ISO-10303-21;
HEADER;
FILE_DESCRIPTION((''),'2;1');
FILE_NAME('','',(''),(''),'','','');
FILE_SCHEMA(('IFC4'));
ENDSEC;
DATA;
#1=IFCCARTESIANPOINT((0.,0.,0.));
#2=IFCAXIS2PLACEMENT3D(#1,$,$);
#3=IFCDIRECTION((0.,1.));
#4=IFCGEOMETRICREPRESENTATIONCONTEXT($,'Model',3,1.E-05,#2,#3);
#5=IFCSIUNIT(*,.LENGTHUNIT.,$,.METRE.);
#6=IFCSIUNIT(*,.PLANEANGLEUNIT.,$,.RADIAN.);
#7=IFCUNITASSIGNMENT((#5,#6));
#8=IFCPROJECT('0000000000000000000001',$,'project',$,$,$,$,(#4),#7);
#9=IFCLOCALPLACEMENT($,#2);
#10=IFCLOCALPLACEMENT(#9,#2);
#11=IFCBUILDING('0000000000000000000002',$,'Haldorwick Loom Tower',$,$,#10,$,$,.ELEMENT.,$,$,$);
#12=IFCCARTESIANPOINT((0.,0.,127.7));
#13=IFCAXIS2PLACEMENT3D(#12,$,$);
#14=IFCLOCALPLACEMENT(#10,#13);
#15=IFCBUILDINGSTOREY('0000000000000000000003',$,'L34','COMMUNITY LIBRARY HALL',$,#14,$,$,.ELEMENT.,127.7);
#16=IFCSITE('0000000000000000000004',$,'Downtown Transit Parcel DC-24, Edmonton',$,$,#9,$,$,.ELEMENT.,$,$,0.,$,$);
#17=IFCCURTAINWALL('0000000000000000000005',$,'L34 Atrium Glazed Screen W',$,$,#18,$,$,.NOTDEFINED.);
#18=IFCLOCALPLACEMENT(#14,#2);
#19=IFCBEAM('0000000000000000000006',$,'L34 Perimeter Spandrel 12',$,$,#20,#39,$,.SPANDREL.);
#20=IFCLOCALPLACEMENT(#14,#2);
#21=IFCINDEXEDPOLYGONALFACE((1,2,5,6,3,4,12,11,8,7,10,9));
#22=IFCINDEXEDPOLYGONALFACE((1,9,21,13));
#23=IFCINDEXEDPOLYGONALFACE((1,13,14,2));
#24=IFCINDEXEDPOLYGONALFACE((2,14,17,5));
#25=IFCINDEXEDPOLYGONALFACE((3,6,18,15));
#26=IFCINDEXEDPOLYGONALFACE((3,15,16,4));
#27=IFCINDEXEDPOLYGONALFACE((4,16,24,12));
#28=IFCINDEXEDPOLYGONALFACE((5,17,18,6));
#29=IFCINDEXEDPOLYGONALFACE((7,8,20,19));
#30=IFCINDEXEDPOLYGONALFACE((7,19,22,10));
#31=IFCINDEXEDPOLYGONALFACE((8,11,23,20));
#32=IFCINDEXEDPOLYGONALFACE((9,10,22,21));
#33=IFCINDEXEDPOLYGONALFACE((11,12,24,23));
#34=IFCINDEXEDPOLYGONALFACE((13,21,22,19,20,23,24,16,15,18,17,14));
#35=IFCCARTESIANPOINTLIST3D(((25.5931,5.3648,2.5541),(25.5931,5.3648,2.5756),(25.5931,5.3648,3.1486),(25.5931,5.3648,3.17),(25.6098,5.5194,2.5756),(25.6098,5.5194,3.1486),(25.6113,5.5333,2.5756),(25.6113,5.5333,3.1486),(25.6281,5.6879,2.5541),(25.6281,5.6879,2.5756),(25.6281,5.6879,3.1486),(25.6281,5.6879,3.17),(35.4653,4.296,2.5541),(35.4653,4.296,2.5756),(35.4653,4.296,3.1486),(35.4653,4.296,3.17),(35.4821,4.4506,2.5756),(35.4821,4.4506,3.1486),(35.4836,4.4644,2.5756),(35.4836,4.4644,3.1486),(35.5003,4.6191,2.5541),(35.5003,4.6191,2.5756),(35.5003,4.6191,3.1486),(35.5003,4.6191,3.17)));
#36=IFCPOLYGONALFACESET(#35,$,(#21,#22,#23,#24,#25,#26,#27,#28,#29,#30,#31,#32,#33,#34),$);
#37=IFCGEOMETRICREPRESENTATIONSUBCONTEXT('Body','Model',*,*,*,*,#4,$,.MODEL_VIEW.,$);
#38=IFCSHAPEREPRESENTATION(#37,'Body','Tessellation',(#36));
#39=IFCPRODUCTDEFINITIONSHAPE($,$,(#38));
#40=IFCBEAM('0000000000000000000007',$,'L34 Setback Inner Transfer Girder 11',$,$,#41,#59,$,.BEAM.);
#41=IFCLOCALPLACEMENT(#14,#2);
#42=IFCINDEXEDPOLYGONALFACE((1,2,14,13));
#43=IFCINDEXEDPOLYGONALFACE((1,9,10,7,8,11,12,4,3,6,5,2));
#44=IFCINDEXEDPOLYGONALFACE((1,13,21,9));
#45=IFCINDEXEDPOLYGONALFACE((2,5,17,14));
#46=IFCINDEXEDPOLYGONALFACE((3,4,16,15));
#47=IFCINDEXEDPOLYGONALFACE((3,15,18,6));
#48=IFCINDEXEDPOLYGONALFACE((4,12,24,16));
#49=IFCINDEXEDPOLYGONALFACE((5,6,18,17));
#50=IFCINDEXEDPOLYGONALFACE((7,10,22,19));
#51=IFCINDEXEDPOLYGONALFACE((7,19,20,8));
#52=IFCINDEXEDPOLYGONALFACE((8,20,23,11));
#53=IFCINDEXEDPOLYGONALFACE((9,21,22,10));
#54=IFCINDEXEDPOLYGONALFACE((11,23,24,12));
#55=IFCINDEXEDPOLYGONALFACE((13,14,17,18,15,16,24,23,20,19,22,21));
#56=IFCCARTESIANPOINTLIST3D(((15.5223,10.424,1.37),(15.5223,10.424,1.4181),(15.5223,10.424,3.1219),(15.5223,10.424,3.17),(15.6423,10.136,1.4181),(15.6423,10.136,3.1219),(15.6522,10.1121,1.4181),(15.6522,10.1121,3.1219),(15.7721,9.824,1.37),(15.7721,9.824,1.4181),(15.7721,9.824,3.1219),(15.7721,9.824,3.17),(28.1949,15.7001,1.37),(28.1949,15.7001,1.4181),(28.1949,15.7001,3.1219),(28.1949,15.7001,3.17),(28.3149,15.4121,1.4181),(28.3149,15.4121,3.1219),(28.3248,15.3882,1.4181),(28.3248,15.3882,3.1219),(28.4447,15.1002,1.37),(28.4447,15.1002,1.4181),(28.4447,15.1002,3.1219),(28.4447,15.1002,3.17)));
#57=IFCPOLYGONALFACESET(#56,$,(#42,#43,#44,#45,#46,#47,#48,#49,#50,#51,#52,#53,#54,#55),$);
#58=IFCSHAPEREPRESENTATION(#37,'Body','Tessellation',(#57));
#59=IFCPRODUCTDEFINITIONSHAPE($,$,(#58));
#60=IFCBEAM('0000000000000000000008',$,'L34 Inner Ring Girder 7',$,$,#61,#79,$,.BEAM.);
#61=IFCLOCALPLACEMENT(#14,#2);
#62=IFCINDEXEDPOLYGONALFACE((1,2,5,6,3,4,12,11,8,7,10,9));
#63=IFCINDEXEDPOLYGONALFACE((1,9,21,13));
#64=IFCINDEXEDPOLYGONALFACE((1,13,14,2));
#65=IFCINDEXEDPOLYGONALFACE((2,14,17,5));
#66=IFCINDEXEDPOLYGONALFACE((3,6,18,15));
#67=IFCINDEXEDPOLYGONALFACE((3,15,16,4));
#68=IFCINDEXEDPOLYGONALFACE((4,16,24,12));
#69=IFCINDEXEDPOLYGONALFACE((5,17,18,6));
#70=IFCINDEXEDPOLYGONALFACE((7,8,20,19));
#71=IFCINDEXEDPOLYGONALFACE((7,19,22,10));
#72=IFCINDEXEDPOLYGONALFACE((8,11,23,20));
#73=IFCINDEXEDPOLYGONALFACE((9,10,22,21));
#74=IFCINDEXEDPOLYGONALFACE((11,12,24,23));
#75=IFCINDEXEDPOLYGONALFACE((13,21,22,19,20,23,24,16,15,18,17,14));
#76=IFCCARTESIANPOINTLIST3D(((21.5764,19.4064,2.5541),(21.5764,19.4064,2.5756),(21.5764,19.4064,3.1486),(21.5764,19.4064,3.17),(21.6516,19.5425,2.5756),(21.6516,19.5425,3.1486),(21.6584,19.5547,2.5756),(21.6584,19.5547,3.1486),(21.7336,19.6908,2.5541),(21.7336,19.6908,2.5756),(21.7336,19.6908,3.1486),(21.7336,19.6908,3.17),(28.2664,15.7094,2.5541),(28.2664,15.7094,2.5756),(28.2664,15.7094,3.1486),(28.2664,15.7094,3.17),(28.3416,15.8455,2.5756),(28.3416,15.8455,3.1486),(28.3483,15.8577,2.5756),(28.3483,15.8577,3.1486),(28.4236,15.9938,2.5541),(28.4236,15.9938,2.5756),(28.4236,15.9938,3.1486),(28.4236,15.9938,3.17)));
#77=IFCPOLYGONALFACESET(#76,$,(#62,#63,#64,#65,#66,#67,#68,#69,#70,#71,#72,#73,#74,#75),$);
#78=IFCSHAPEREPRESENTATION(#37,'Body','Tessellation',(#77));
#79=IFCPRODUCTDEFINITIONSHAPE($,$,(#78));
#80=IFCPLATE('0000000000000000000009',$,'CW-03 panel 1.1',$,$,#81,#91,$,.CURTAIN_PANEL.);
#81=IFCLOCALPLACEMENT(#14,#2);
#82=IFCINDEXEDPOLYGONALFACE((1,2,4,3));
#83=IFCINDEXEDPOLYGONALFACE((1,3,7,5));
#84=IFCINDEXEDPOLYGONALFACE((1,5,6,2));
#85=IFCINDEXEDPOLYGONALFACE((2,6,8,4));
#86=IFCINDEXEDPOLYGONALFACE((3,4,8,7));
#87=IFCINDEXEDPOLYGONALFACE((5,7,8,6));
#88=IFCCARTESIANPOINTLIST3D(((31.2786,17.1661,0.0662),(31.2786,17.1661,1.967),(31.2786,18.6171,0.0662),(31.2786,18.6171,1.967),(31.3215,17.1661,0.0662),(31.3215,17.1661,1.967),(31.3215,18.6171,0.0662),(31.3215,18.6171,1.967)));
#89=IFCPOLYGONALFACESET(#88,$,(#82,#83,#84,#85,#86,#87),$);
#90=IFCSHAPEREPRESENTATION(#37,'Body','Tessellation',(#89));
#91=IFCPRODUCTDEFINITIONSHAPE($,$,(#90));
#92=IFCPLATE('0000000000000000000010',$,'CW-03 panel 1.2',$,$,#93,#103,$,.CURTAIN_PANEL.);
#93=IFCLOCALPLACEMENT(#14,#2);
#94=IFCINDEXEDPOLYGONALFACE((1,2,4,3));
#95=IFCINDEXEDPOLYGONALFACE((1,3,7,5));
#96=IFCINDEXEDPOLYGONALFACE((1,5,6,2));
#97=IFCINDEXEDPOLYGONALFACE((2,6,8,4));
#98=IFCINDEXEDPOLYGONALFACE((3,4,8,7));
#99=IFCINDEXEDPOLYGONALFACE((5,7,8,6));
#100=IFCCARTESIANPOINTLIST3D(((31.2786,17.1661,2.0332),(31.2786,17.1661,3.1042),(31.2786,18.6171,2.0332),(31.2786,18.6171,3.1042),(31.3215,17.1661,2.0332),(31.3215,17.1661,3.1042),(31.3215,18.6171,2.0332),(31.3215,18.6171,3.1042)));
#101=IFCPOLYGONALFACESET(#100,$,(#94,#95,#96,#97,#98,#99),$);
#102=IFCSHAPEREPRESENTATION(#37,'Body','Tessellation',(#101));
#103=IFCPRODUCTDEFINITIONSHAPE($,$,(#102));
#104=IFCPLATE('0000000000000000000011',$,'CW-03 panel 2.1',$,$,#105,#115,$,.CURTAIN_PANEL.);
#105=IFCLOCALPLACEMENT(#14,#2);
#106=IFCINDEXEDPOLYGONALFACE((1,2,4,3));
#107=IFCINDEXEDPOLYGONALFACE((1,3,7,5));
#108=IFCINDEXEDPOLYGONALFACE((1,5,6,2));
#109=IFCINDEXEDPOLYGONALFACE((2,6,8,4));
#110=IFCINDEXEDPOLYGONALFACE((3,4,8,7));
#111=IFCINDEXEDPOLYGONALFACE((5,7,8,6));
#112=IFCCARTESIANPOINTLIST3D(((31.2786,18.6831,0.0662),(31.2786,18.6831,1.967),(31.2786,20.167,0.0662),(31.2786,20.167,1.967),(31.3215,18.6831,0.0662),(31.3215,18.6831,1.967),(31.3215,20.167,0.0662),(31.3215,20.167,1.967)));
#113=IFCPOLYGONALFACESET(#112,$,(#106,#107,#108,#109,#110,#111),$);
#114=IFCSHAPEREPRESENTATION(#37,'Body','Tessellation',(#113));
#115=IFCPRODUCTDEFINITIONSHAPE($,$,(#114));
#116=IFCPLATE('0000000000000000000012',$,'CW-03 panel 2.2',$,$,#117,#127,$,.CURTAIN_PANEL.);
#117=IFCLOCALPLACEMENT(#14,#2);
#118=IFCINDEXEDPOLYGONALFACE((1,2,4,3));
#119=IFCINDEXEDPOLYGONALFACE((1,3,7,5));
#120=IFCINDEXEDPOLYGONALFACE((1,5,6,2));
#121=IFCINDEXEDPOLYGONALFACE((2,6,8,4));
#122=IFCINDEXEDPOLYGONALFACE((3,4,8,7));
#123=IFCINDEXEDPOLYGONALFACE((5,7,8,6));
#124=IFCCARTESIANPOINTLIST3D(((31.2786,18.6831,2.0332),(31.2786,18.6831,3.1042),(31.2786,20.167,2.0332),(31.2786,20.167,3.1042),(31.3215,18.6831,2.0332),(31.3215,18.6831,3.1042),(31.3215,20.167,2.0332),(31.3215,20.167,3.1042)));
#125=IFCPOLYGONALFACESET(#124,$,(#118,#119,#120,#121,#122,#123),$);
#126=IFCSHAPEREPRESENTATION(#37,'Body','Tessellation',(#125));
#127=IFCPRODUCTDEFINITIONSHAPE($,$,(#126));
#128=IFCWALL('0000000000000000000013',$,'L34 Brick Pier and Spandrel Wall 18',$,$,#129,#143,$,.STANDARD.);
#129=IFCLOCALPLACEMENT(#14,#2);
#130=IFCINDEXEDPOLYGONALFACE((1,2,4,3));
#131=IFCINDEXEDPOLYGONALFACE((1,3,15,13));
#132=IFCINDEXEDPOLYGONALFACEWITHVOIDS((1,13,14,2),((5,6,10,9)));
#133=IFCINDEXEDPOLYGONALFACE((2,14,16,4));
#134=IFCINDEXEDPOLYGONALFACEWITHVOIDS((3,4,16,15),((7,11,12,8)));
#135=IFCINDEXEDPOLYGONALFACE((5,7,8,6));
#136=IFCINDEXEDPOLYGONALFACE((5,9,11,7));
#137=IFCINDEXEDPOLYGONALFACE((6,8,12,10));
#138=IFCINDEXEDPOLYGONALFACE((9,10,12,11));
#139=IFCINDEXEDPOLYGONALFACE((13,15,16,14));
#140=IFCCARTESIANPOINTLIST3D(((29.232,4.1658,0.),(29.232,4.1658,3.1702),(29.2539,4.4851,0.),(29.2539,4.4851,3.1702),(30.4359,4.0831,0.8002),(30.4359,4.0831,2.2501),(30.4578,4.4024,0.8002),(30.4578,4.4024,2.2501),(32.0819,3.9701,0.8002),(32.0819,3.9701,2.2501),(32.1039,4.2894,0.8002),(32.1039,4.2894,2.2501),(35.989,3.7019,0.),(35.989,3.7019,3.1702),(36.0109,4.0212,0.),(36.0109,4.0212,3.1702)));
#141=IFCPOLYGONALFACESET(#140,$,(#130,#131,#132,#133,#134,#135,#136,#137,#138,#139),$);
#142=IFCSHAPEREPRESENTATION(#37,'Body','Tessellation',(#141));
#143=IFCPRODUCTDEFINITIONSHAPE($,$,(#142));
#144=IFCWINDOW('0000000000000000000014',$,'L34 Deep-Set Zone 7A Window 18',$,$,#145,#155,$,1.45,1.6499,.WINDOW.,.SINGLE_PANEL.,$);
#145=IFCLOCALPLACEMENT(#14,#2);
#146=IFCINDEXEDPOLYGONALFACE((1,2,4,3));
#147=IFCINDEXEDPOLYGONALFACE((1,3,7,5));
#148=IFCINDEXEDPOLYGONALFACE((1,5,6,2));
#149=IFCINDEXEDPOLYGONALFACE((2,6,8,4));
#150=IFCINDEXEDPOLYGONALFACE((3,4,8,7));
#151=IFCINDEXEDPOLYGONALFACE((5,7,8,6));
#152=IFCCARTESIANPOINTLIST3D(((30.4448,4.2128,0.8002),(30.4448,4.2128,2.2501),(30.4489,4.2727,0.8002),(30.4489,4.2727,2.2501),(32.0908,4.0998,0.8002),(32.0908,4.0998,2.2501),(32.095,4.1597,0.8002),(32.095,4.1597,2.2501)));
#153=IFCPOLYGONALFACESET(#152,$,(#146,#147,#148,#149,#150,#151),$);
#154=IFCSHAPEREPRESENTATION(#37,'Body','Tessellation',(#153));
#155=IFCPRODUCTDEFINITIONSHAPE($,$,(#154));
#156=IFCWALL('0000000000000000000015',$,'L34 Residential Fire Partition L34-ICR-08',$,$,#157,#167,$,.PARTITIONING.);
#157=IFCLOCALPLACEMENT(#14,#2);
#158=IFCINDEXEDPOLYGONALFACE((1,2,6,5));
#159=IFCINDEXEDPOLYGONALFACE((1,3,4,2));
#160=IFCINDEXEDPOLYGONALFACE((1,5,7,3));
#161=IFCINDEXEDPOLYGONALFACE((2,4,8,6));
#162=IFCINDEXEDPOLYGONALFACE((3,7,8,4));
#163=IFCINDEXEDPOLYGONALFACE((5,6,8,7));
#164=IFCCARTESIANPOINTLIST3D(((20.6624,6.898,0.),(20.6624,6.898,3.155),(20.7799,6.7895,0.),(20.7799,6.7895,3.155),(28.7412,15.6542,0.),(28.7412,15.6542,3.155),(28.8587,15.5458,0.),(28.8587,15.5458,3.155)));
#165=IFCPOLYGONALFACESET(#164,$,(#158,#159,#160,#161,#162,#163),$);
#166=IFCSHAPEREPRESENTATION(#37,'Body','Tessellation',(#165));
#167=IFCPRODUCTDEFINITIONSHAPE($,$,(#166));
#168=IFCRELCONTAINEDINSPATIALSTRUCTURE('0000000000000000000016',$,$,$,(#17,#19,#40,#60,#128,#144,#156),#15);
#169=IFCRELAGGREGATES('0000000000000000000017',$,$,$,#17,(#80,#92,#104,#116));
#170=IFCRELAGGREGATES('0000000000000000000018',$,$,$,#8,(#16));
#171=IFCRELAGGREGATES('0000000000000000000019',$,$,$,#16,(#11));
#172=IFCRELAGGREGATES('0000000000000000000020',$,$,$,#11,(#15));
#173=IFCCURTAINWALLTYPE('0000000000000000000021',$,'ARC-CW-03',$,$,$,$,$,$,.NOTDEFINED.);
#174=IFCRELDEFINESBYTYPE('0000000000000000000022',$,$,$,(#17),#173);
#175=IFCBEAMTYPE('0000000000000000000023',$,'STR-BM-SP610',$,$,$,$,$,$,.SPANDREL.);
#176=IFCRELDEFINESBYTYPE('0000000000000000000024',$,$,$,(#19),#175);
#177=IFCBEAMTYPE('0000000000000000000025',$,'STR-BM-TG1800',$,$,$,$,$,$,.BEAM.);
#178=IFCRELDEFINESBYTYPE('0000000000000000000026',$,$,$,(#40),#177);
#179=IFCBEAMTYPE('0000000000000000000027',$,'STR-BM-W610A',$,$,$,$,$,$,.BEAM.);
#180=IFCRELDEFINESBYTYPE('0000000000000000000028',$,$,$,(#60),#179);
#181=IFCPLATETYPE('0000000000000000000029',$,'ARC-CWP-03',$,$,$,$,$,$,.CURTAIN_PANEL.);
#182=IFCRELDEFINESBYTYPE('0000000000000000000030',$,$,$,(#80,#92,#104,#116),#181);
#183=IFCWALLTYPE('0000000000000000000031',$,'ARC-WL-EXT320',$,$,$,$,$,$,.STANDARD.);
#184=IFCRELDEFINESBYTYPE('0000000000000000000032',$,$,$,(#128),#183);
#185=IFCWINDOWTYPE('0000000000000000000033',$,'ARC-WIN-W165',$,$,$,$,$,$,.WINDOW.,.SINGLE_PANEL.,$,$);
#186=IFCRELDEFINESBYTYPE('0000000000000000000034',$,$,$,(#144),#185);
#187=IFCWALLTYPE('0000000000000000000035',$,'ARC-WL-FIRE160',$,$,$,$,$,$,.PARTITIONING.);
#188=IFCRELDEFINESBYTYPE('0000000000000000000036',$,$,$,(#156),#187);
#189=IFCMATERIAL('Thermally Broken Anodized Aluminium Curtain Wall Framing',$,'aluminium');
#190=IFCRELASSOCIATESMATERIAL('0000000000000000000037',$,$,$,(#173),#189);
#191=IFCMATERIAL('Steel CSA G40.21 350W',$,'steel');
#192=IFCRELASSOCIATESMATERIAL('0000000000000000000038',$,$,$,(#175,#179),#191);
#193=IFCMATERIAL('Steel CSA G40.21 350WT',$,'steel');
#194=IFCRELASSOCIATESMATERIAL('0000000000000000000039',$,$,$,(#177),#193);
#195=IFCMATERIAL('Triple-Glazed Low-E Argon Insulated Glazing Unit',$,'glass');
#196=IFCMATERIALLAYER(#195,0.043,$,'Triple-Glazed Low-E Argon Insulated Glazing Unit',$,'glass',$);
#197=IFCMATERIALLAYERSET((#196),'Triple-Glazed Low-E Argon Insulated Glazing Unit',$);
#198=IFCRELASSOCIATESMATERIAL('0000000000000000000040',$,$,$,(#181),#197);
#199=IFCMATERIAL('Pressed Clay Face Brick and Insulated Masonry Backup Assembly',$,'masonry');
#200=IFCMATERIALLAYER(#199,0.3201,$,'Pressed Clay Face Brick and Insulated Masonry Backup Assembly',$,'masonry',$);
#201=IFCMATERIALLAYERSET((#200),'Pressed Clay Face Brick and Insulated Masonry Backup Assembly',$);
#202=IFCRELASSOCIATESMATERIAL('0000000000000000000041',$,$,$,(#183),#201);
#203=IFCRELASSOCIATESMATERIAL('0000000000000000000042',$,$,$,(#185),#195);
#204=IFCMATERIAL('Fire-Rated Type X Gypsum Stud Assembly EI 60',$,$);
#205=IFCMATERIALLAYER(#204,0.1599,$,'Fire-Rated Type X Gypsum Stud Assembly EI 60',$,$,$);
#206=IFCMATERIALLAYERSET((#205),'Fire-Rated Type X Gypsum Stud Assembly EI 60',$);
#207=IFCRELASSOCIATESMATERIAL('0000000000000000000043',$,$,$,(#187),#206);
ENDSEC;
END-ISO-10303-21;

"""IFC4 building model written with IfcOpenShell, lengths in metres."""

from ifc_helpers import new_model, si_unit, direction, frame, frame_2d, origin, origin_2d, place, context, subcontext, project, spatial, rectangle, i_section, extrude, material, layer, layer_set, material_profile, profile_set, type_object, element, fill, aggregate, save


model = new_model("IFC4")

# Units and contexts
model_context = context("Model", 3, precision=1e-05, world=origin(), true_north=direction((0.0, 1.0)))
body_context = subcontext(model_context, "Body", "Model", "MODEL_VIEW")
ifc_project = project(units=[si_unit("LENGTHUNIT", "METRE"), si_unit("PLANEANGLEUNIT", "RADIAN")], contexts=[model_context])

# Site, building, storey
site_placement = place(None, origin())
site = spatial("IfcSite", under=ifc_project, at=site_placement, Name="Downtown Transit Parcel DC-24, Edmonton", CompositionType="ELEMENT", RefElevation=0.0)
building_placement = place(site_placement, origin())
building = spatial("IfcBuilding", under=site, at=building_placement, Name="Haldorwick Loom Tower", CompositionType="ELEMENT")
storey_placement = place(building_placement, frame((0.0, 0.0, 127.7)))
storey = spatial("IfcBuildingStorey", under=building, at=storey_placement, Name="L34", Description="COMMUNITY LIBRARY HALL", CompositionType="ELEMENT", Elevation=127.7)

# Curtain wall
ifc_material_1 = material(Name="Thermally Broken Anodized Aluminium Curtain Wall Framing", Category="aluminium")
curtain_wall_type = type_object("IfcCurtainWallType", Name="ARC-CW-03", PredefinedType="NOTDEFINED", material=ifc_material_1)
curtain_wall_placement = place(storey_placement, origin())
curtain_wall = element("IfcCurtainWall", 1, at=curtain_wall_placement, inside=storey, type_object=curtain_wall_type, Name="L34 Atrium Glazed Screen W", PredefinedType="NOTDEFINED")

# Beams
ifc_material_2 = material(Name="Steel CSA G40.21 350W", Category="steel")
ifc_material_profile_1 = material_profile(ifc_material_2, i_section(OverallWidth=0.325, OverallDepth=0.616, WebThickness=0.0139, FlangeThickness=0.0215, at=origin_2d()), Name="W610X174", Category="steel")
ifc_profile_set_1 = profile_set([ifc_material_profile_1], Name="Steel CSA G40.21 350W")
beam_type_1 = type_object("IfcBeamType", Name="STR-BM-SP610", PredefinedType="SPANDREL", material=ifc_profile_set_1)
beam_1_placement = place(storey_placement, frame((25.6106, 5.5264, 2.8621), z_axis=(0.99419, -0.107638, 0.0), x_axis=(0.107638, 0.99419, 0.0)))
element("IfcBeam", 2, at=beam_1_placement, inside=storey, type_object=beam_type_1, Name="L34 Perimeter Spandrel 12", PredefinedType="SPANDREL", context=body_context, shape_type="SweptSolid", body=[
    extrude(i_section(OverallWidth=0.325, OverallDepth=0.616, WebThickness=0.0139, FlangeThickness=0.0215, at=origin_2d()), origin(), (0.0, 0.0, 1.0), 9.9299),
])
ifc_material_3 = material(Name="Steel CSA G40.21 350WT", Category="steel")
ifc_material_profile_2 = material_profile(ifc_material_3, i_section(OverallWidth=0.6499, OverallDepth=1.8, WebThickness=0.0259, FlangeThickness=0.0481, at=origin_2d()), Name="WWF1800X650", Category="steel")
ifc_profile_set_2 = profile_set([ifc_material_profile_2], Name="Steel CSA G40.21 350WT")
beam_type_2 = type_object("IfcBeamType", Name="STR-BM-TG1800", PredefinedType="BEAM", material=ifc_profile_set_2)
beam_2_placement = place(storey_placement, frame((28.3198, 15.4001, 2.27), z_axis=(-0.923184, -0.384359, 0.0), x_axis=(0.384359, -0.923184, 0.0)))
element("IfcBeam", 3, at=beam_2_placement, inside=storey, type_object=beam_type_2, Name="L34 Setback Inner Transfer Girder 11", PredefinedType="BEAM", context=body_context, shape_type="SweptSolid", body=[
    extrude(i_section(OverallWidth=0.6499, OverallDepth=1.8, WebThickness=0.0259, FlangeThickness=0.0481, at=origin_2d()), origin(), (0.0, 0.0, 1.0), 13.7271),
])
ifc_material_profile_3 = material_profile(ifc_material_2, i_section(OverallWidth=0.325, OverallDepth=0.616, WebThickness=0.0139, FlangeThickness=0.0215, at=origin_2d()), Name="W610X174", Category="steel")
ifc_profile_set_3 = profile_set([ifc_material_profile_3], Name="Steel CSA G40.21 350W")
beam_type_3 = type_object("IfcBeamType", Name="STR-BM-W610A", PredefinedType="BEAM", material=ifc_profile_set_3)
beam_3_placement = place(storey_placement, frame((28.345, 15.8516, 2.8621), z_axis=(-0.875244, 0.483681, 0.0), x_axis=(-0.483681, -0.875244, 0.0)))
element("IfcBeam", 4, at=beam_3_placement, inside=storey, type_object=beam_type_3, Name="L34 Inner Ring Girder 7", PredefinedType="BEAM", context=body_context, shape_type="SweptSolid", body=[
    extrude(i_section(OverallWidth=0.325, OverallDepth=0.616, WebThickness=0.0139, FlangeThickness=0.0215, at=origin_2d()), origin(), (0.0, 0.0, 1.0), 7.6436),
])

# Plates
ifc_material_4 = material(Name="Triple-Glazed Low-E Argon Insulated Glazing Unit", Category="glass")
ifc_layer_1 = layer(ifc_material_4, 0.043, Name="Triple-Glazed Low-E Argon Insulated Glazing Unit", Category="glass")
ifc_layer_set_1 = layer_set([ifc_layer_1], Name="Triple-Glazed Low-E Argon Insulated Glazing Unit")
plate_type = type_object("IfcPlateType", Name="ARC-CWP-03", PredefinedType="CURTAIN_PANEL", material=ifc_layer_set_1)
plate_1_placement = place(storey_placement, frame((31.3, 17.8916, 0.0662), z_axis=(0.0, 0.0, 1.0), x_axis=(0.0, 1.0, 0.0)))
plate_1 = element("IfcPlate", 5, at=plate_1_placement, type_object=plate_type, Name="CW-03 panel 1.1", PredefinedType="CURTAIN_PANEL", context=body_context, shape_type="SweptSolid", body=[
    extrude(rectangle(XDim=1.4509, YDim=0.043, at=origin_2d()), origin(), (0.0, 0.0, 1.0), 1.9009),
])
plate_2_placement = place(storey_placement, frame((31.3, 17.8916, 2.0332), z_axis=(0.0, 0.0, 1.0), x_axis=(0.0, 1.0, 0.0)))
plate_2 = element("IfcPlate", 6, at=plate_2_placement, type_object=plate_type, Name="CW-03 panel 1.2", PredefinedType="CURTAIN_PANEL", context=body_context, shape_type="SweptSolid", body=[
    extrude(rectangle(XDim=1.4509, YDim=0.043, at=origin_2d()), origin(), (0.0, 0.0, 1.0), 1.071),
])
plate_3_placement = place(storey_placement, frame((31.3, 19.425, 0.0662), z_axis=(0.0, 0.0, 1.0), x_axis=(0.0, 1.0, 0.0)))
plate_3 = element("IfcPlate", 7, at=plate_3_placement, type_object=plate_type, Name="CW-03 panel 2.1", PredefinedType="CURTAIN_PANEL", context=body_context, shape_type="SweptSolid", body=[
    extrude(rectangle(XDim=1.4839, YDim=0.043, at=origin_2d()), origin(), (0.0, 0.0, 1.0), 1.9009),
])
plate_4_placement = place(storey_placement, frame((31.3, 19.425, 2.0332), z_axis=(0.0, 0.0, 1.0), x_axis=(0.0, 1.0, 0.0)))
plate_4 = element("IfcPlate", 8, at=plate_4_placement, type_object=plate_type, Name="CW-03 panel 2.2", PredefinedType="CURTAIN_PANEL", context=body_context, shape_type="SweptSolid", body=[
    extrude(rectangle(XDim=1.4839, YDim=0.043, at=origin_2d()), origin(), (0.0, 0.0, 1.0), 1.071),
])
aggregate(curtain_wall, [plate_1, plate_2, plate_3, plate_4])

# Wall, opening, window
ifc_material_5 = material(Name="Pressed Clay Face Brick and Insulated Masonry Backup Assembly", Category="masonry")
ifc_layer_2 = layer(ifc_material_5, 0.3201, Name="Pressed Clay Face Brick and Insulated Masonry Backup Assembly", Category="masonry")
ifc_layer_set_2 = layer_set([ifc_layer_2], Name="Pressed Clay Face Brick and Insulated Masonry Backup Assembly")
wall_type_1 = type_object("IfcWallType", Name="ARC-WL-EXT320", PredefinedType="STANDARD", material=ifc_layer_set_2)
wall_1_placement = place(storey_placement, frame((29.2429, 4.3254, 0.0), z_axis=(0.0, 0.0, 1.0), x_axis=(0.997652, -0.068488, 0.0)))
wall_1 = element("IfcWall", 9, at=wall_1_placement, inside=storey, type_object=wall_type_1, Name="L34 Brick Pier and Spandrel Wall 18", PredefinedType="STANDARD", context=body_context, shape_type="SweptSolid", body=[
    extrude(rectangle(XDim=6.7729, YDim=0.3201, at=frame_2d((3.3865, 0.0))), origin(), (0.0, 0.0, 1.0), 3.1702),
])
opening_placement = place(wall_1_placement, frame((1.2068, 0.0, 0.8)))
opening = element("IfcOpeningElement", 10, at=opening_placement, cuts=wall_1, PredefinedType="OPENING", context=body_context, shape_type="SweptSolid", body=[
    extrude(rectangle(XDim=1.6499, YDim=1.45, at=frame_2d((0.825, 0.7251))), frame((0.0, 0.1699, 0.0), z_axis=(0.0, -1.0, 0.0), x_axis=(1.0, 0.0, 0.0)), (0.0, 0.0, 1.0), 0.3401),
])
window_type = type_object("IfcWindowType", Name="ARC-WIN-W165", PartitioningType="SINGLE_PANEL", PredefinedType="WINDOW", material=ifc_material_4)
window_placement = place(opening_placement, origin())
window = element("IfcWindow", 11, at=window_placement, inside=storey, type_object=window_type, Name="L34 Deep-Set Zone 7A Window 18", OverallHeight=1.45, OverallWidth=1.6499, PartitioningType="SINGLE_PANEL", PredefinedType="WINDOW", context=body_context, shape_type="SweptSolid", body=[
    extrude(rectangle(XDim=1.6499, YDim=1.45, at=frame_2d((0.825, 0.7251))), frame((0.0, 0.03, 0.0), z_axis=(0.0, -1.0, 0.0), x_axis=(1.0, 0.0, 0.0)), (0.0, 0.0, 1.0), 0.0601),
])
fill(opening, window)

# Wall
ifc_material_6 = material(Name="Fire-Rated Type X Gypsum Stud Assembly EI 60")
ifc_layer_3 = layer(ifc_material_6, 0.1599, Name="Fire-Rated Type X Gypsum Stud Assembly EI 60")
ifc_layer_set_3 = layer_set([ifc_layer_3], Name="Fire-Rated Type X Gypsum Stud Assembly EI 60")
wall_type_2 = type_object("IfcWallType", Name="ARC-WL-FIRE160", PredefinedType="PARTITIONING", material=ifc_layer_set_3)
wall_2_placement = place(storey_placement, frame((28.8, 15.6001, 0.0), z_axis=(0.0, 0.0, 1.0), x_axis=(-0.678102, -0.734968, 0.0)))
element("IfcWall", 12, at=wall_2_placement, inside=storey, type_object=wall_type_2, Name="L34 Residential Fire Partition L34-ICR-08", PredefinedType="PARTITIONING", context=body_context, shape_type="SweptSolid", body=[
    extrude(rectangle(XDim=11.9138, YDim=0.1599, at=frame_2d((5.957, 0.0))), origin(), (0.0, 0.0, 1.0), 3.155),
])

save(model, "model.ifc")
